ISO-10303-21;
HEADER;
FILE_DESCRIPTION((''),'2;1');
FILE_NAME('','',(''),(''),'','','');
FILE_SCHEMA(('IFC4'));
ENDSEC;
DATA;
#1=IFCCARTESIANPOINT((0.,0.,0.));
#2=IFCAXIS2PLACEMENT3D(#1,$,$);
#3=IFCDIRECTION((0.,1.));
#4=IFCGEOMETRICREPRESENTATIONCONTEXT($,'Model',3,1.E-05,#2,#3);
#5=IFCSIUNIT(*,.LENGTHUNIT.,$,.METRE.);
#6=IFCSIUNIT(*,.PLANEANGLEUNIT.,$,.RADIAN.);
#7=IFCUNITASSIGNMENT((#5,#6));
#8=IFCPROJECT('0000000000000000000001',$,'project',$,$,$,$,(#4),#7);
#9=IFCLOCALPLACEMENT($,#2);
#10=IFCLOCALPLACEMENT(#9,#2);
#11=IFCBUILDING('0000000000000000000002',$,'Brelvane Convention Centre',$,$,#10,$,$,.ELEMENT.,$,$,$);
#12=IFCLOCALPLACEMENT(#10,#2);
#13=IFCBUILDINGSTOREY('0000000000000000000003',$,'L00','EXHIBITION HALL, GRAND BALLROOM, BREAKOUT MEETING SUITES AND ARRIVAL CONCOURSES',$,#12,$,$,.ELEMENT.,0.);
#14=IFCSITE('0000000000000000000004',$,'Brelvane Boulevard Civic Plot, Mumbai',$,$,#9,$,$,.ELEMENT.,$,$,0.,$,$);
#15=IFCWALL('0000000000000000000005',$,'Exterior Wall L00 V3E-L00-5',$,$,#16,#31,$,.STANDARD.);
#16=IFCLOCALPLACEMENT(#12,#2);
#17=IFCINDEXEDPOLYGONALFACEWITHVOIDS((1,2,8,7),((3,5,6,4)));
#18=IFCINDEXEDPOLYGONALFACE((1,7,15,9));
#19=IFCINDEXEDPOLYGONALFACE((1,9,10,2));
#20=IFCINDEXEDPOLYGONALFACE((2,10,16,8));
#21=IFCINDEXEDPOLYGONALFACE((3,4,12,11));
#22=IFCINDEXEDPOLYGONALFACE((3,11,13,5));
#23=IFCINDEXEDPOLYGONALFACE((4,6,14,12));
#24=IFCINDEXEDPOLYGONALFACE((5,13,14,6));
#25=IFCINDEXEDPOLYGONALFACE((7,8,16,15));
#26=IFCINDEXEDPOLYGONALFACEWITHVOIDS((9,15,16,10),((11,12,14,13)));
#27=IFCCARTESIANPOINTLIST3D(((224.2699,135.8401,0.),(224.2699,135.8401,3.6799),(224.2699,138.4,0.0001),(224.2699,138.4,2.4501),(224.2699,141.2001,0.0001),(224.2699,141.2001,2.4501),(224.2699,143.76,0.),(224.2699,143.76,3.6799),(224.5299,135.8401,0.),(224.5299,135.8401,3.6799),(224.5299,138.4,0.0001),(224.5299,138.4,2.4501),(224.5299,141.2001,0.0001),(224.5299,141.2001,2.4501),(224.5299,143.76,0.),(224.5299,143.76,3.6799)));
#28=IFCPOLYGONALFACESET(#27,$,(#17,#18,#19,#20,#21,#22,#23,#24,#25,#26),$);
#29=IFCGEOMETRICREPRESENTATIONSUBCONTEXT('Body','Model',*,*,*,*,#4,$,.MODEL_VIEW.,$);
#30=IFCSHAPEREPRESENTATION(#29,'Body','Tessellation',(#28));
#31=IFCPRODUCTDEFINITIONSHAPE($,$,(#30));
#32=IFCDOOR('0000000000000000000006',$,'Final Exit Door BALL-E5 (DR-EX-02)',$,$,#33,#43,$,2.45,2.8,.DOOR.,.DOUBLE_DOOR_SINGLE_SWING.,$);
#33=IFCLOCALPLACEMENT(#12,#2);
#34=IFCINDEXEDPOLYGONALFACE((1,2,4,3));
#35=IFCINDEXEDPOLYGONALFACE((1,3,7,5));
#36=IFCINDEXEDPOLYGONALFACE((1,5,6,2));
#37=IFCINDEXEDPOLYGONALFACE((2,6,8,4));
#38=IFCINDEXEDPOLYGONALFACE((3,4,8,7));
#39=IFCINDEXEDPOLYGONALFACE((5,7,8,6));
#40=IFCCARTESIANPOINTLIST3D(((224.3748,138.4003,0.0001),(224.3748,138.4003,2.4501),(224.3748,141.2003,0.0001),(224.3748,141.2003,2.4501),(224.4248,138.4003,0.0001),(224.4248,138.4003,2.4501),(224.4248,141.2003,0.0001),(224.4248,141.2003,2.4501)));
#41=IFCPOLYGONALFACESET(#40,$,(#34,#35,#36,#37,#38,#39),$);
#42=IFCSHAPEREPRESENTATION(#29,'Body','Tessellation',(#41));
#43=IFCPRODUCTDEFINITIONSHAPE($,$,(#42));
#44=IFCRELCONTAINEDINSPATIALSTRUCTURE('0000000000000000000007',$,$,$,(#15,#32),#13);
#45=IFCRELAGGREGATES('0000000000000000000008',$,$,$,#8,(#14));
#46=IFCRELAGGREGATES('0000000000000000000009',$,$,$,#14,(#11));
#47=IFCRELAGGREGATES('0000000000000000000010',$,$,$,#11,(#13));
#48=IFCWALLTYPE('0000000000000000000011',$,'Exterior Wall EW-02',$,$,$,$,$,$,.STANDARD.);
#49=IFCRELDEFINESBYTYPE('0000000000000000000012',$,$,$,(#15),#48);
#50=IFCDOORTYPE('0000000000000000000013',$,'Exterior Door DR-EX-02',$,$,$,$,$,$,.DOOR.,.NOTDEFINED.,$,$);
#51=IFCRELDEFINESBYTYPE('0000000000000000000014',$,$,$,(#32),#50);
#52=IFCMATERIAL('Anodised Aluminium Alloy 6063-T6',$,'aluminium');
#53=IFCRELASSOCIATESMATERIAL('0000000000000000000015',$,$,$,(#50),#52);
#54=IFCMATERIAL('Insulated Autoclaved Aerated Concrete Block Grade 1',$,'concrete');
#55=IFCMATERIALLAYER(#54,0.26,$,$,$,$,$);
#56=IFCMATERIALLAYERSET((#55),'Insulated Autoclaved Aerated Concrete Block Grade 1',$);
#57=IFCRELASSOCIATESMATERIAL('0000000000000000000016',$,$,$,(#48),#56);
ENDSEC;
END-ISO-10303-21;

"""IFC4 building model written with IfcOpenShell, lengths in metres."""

from ifc_helpers import new_model, si_unit, direction, frame, frame_2d, origin, place, context, subcontext, project, spatial, rectangle, extrude, material, layer, layer_set, type_object, element, fill, save


model = new_model("IFC4")

# Units and contexts
model_context = context("Model", 3, precision=1e-05, world=origin(), true_north=direction((0.0, 1.0)))
body_context = subcontext(model_context, "Body", "Model", "MODEL_VIEW")
ifc_project = project(units=[si_unit("LENGTHUNIT", "METRE"), si_unit("PLANEANGLEUNIT", "RADIAN")], contexts=[model_context])

# Site, building, storey
site_placement = place(None, origin())
site = spatial("IfcSite", under=ifc_project, at=site_placement, Name="Brelvane Boulevard Civic Plot, Mumbai", CompositionType="ELEMENT", RefElevation=0.0)
building_placement = place(site_placement, origin())
building = spatial("IfcBuilding", under=site, at=building_placement, Name="Brelvane Convention Centre", CompositionType="ELEMENT")
storey_placement = place(building_placement, origin())
storey = spatial("IfcBuildingStorey", under=building, at=storey_placement, Name="L00", Description="EXHIBITION HALL, GRAND BALLROOM, BREAKOUT MEETING SUITES AND ARRIVAL CONCOURSES", CompositionType="ELEMENT", Elevation=0.0)

# Shared definitions
ifc_material_1 = material(Name="Anodised Aluminium Alloy 6063-T6", Category="aluminium")
door_type_1 = type_object("IfcDoorType", Name="Exterior Door DR-EX-02", OperationType="NOTDEFINED", PredefinedType="DOOR", material=ifc_material_1)

# Wall, opening, door
ifc_material_2 = material(Name="Insulated Autoclaved Aerated Concrete Block Grade 1", Category="concrete")
ifc_layer_1 = layer(ifc_material_2, 0.26)
ifc_layer_set_1 = layer_set([ifc_layer_1], Name="Insulated Autoclaved Aerated Concrete Block Grade 1")
wall_type_1 = type_object("IfcWallType", Name="Exterior Wall EW-02", PredefinedType="STANDARD", material=ifc_layer_set_1)
wall_1_placement = place(storey_placement, frame((224.3999, 135.8401, 0.0), z_axis=(0.0, 0.0, 1.0), x_axis=(0.0, 1.0, 0.0)))
wall_1 = element("IfcWall", 1, at=wall_1_placement, inside=storey, type_object=wall_type_1, Name="Exterior Wall L00 V3E-L00-5", PredefinedType="STANDARD", context=body_context, shape_type="SweptSolid", body=[
    extrude(rectangle(XDim=7.9199, YDim=0.26, at=frame_2d((3.96, 0.0))), origin(), (0.0, 0.0, 1.0), 3.6799),
])
opening_1_placement = place(wall_1_placement, frame((2.5601, 0.0, 0.0)))
opening_1 = element("IfcOpeningElement", 2, at=opening_1_placement, cuts=wall_1, PredefinedType="OPENING", context=body_context, shape_type="SweptSolid", body=[
    extrude(rectangle(XDim=2.8, YDim=2.45, at=frame_2d((1.3999, 1.2251))), frame((0.0, 0.1399, 0.0), z_axis=(0.0, -1.0, 0.0), x_axis=(1.0, 0.0, 0.0)), (0.0, 0.0, 1.0), 0.28),
])
door_1_placement = place(opening_1_placement, frame((2.8, 0.0, 0.0), z_axis=(0.0, 0.0, 1.0), x_axis=(-1.0, 0.0, 0.0)))
door_1 = element("IfcDoor", 3, at=door_1_placement, inside=storey, type_object=door_type_1, Name="Final Exit Door BALL-E5 (DR-EX-02)", OperationType="DOUBLE_DOOR_SINGLE_SWING", OverallHeight=2.45, OverallWidth=2.8, PredefinedType="DOOR", context=body_context, shape_type="SweptSolid", body=[
    extrude(rectangle(XDim=2.8, YDim=2.45, at=frame_2d((1.3999, 1.2251))), frame((0.0, 0.0249, 0.0), z_axis=(0.0, -1.0, 0.0), x_axis=(1.0, 0.0, 0.0)), (0.0, 0.0, 1.0), 0.05),
])
fill(opening_1, door_1)

save(model, "model.ifc")
